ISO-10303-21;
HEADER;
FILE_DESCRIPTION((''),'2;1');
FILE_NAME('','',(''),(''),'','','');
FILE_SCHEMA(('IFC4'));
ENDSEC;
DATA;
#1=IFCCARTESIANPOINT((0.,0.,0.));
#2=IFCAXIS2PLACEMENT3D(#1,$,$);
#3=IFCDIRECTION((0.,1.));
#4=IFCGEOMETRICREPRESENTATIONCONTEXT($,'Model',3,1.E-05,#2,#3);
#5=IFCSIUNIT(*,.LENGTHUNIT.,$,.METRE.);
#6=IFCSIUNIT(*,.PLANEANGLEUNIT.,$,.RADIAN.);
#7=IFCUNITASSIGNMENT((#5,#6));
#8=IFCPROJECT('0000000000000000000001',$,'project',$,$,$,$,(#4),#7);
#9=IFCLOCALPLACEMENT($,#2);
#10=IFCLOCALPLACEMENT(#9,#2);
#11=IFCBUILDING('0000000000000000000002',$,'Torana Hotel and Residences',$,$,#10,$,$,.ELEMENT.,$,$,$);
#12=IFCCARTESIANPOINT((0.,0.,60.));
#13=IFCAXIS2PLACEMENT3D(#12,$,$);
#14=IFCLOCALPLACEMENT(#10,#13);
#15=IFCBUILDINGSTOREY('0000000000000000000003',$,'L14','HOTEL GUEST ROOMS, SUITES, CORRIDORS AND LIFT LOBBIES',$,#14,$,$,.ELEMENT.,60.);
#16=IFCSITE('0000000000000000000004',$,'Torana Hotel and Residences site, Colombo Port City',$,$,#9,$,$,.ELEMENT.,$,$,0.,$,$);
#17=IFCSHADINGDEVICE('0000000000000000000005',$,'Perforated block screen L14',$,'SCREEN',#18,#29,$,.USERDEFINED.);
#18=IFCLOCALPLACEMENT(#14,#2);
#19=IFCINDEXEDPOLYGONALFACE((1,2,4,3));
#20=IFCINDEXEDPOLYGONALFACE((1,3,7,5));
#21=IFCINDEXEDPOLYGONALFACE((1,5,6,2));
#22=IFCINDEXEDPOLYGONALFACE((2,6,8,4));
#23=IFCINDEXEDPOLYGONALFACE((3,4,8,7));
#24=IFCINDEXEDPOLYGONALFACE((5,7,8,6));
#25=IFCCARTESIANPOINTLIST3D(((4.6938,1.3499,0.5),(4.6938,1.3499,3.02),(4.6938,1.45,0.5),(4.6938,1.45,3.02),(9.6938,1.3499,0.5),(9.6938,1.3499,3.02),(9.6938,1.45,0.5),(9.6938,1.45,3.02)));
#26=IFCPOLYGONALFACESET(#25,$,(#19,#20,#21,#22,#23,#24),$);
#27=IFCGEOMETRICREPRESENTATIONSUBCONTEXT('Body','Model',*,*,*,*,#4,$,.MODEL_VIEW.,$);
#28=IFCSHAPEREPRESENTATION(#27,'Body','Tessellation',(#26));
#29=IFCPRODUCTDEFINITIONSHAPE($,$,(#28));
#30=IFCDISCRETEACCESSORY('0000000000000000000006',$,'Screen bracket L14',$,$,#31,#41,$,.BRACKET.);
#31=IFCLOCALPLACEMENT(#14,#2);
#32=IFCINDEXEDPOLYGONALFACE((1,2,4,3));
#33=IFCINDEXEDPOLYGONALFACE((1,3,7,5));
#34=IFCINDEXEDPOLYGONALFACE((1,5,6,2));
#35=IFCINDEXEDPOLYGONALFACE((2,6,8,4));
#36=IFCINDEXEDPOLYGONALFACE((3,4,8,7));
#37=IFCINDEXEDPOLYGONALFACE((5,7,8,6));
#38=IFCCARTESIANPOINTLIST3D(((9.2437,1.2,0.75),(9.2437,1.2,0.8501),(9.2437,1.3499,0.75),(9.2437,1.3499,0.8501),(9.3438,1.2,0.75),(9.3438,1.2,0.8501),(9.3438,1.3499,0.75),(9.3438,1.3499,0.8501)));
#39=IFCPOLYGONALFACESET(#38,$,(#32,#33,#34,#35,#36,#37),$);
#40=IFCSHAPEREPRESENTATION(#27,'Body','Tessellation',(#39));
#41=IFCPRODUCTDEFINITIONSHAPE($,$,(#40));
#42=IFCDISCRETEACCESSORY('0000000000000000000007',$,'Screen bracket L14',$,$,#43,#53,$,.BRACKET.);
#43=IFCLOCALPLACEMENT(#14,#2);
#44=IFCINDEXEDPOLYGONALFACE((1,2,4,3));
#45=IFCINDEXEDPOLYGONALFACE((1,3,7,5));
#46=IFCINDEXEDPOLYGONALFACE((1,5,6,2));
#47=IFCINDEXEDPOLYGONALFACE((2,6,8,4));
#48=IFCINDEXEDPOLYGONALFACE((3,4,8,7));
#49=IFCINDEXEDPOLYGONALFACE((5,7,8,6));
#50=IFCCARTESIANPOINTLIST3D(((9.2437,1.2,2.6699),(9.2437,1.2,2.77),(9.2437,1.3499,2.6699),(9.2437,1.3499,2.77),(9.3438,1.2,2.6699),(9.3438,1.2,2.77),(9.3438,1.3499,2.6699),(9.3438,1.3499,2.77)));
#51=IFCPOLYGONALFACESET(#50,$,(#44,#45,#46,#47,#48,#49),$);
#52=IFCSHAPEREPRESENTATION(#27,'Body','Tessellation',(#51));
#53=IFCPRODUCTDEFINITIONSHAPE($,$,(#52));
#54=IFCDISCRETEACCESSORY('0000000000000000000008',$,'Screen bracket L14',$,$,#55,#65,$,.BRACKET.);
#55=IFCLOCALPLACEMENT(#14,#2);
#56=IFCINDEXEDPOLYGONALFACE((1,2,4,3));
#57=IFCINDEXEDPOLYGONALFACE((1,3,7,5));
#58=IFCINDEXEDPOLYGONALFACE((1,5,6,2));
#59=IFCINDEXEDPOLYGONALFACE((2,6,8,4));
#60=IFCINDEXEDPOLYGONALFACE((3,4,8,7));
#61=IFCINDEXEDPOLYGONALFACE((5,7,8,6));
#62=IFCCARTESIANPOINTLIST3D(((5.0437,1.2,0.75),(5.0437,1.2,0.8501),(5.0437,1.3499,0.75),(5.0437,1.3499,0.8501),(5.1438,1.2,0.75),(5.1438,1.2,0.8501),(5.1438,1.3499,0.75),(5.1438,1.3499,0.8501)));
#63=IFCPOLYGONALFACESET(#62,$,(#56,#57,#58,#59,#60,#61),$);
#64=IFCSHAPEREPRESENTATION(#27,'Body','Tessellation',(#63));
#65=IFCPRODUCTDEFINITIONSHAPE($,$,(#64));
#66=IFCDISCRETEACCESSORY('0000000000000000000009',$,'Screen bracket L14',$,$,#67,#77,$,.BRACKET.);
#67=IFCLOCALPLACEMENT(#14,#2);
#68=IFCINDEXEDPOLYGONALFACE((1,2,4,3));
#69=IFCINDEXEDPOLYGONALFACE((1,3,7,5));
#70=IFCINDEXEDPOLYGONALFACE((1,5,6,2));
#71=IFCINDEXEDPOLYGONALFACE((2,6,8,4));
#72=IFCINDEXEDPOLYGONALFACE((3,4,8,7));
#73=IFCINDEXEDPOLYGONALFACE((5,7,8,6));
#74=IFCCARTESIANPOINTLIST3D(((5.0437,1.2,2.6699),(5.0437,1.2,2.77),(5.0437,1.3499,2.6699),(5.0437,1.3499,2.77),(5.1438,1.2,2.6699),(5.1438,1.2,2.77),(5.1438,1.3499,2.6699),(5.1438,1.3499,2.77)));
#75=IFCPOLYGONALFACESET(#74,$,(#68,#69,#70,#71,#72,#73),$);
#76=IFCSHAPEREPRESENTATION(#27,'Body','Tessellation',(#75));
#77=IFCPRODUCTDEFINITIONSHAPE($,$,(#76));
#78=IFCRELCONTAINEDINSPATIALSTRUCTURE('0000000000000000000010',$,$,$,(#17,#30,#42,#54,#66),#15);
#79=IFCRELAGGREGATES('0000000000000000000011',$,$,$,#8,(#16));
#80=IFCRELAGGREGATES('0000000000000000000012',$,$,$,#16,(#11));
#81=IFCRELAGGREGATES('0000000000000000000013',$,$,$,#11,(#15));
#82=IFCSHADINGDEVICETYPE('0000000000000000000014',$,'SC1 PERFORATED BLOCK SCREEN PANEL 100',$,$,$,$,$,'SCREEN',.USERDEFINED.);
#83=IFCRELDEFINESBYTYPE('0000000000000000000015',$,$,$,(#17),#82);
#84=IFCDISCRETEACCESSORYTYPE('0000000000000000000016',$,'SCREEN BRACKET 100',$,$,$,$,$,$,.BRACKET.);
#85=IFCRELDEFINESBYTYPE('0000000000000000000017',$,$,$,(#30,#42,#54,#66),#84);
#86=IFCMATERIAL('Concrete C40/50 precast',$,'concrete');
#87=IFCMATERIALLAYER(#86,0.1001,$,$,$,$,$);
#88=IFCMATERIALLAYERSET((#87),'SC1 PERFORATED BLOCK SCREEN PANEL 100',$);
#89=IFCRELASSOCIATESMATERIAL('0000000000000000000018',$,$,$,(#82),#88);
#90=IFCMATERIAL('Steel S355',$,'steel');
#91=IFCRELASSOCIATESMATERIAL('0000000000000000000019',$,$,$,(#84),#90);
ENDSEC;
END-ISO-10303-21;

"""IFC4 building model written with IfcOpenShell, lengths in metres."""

from ifc_helpers import new_model, si_unit, direction, frame, origin, origin_2d, place, context, subcontext, project, spatial, rectangle, extrude, material, layer, layer_set, type_object, element, save


model = new_model("IFC4")

# Units and contexts
model_context = context("Model", 3, precision=1e-05, world=origin(), true_north=direction((0.0, 1.0)))
body_context = subcontext(model_context, "Body", "Model", "MODEL_VIEW")
ifc_project = project(units=[si_unit("LENGTHUNIT", "METRE"), si_unit("PLANEANGLEUNIT", "RADIAN")], contexts=[model_context])

# Site, building, storey
site_placement = place(None, origin())
site = spatial("IfcSite", under=ifc_project, at=site_placement, Name="Torana Hotel and Residences site, Colombo Port City", CompositionType="ELEMENT", RefElevation=0.0)
building_placement = place(site_placement, origin())
building = spatial("IfcBuilding", under=site, at=building_placement, Name="Torana Hotel and Residences", CompositionType="ELEMENT")
storey_placement = place(building_placement, frame((0.0, 0.0, 60.0)))
storey = spatial("IfcBuildingStorey", under=building, at=storey_placement, Name="L14", Description="HOTEL GUEST ROOMS, SUITES, CORRIDORS AND LIFT LOBBIES", CompositionType="ELEMENT", Elevation=60.0)

# Shading device
ifc_material_1 = material(Name="Concrete C40/50 precast", Category="concrete")
ifc_layer_1 = layer(ifc_material_1, 0.1001)
ifc_layer_set_1 = layer_set([ifc_layer_1], Name="SC1 PERFORATED BLOCK SCREEN PANEL 100")
shading_device_type = type_object("IfcShadingDeviceType", Name="SC1 PERFORATED BLOCK SCREEN PANEL 100", ElementType="SCREEN", PredefinedType="USERDEFINED", material=ifc_layer_set_1)
shading_device_placement = place(storey_placement, frame((7.1938, 1.3999, 0.5), z_axis=(0.0, 0.0, 1.0), x_axis=(-1.0, 0.0, 0.0)))
element("IfcShadingDevice", 1, at=shading_device_placement, inside=storey, type_object=shading_device_type, Name="Perforated block screen L14", ObjectType="SCREEN", PredefinedType="USERDEFINED", context=body_context, shape_type="SweptSolid", body=[
    extrude(rectangle(XDim=5.0, YDim=0.1001, at=origin_2d()), origin(), (0.0, 0.0, 1.0), 2.52),
])

# Discrete accessories
ifc_material_2 = material(Name="Steel S355", Category="steel")
discrete_accessory_type = type_object("IfcDiscreteAccessoryType", Name="SCREEN BRACKET 100", PredefinedType="BRACKET", material=ifc_material_2)
for number, where, z_axis, x_axis, name in (
    (2, (9.2937, 1.2749, 0.75), (0.0, 0.0, 1.0), (-1.0, 0.0, 0.0), "Screen bracket L14"),
    (3, (9.2937, 1.2749, 2.6699), (0.0, 0.0, 1.0), (-1.0, 0.0, 0.0), "Screen bracket L14"),
    (4, (5.0938, 1.2749, 0.75), (0.0, 0.0, 1.0), (-1.0, 0.0, 0.0), "Screen bracket L14"),
    (5, (5.0938, 1.2749, 2.6699), (0.0, 0.0, 1.0), (-1.0, 0.0, 0.0), "Screen bracket L14"),
):
    element("IfcDiscreteAccessory", number, at=place(storey_placement, frame(where, z_axis=z_axis, x_axis=x_axis)), inside=storey, type_object=discrete_accessory_type, Name=name, PredefinedType="BRACKET", context=body_context, shape_type="SweptSolid", body=[
        extrude(rectangle(XDim=0.1001, YDim=0.1499, at=origin_2d()), origin(), (0.0, 0.0, 1.0), 0.1001),
    ])

save(model, "model.ifc")
